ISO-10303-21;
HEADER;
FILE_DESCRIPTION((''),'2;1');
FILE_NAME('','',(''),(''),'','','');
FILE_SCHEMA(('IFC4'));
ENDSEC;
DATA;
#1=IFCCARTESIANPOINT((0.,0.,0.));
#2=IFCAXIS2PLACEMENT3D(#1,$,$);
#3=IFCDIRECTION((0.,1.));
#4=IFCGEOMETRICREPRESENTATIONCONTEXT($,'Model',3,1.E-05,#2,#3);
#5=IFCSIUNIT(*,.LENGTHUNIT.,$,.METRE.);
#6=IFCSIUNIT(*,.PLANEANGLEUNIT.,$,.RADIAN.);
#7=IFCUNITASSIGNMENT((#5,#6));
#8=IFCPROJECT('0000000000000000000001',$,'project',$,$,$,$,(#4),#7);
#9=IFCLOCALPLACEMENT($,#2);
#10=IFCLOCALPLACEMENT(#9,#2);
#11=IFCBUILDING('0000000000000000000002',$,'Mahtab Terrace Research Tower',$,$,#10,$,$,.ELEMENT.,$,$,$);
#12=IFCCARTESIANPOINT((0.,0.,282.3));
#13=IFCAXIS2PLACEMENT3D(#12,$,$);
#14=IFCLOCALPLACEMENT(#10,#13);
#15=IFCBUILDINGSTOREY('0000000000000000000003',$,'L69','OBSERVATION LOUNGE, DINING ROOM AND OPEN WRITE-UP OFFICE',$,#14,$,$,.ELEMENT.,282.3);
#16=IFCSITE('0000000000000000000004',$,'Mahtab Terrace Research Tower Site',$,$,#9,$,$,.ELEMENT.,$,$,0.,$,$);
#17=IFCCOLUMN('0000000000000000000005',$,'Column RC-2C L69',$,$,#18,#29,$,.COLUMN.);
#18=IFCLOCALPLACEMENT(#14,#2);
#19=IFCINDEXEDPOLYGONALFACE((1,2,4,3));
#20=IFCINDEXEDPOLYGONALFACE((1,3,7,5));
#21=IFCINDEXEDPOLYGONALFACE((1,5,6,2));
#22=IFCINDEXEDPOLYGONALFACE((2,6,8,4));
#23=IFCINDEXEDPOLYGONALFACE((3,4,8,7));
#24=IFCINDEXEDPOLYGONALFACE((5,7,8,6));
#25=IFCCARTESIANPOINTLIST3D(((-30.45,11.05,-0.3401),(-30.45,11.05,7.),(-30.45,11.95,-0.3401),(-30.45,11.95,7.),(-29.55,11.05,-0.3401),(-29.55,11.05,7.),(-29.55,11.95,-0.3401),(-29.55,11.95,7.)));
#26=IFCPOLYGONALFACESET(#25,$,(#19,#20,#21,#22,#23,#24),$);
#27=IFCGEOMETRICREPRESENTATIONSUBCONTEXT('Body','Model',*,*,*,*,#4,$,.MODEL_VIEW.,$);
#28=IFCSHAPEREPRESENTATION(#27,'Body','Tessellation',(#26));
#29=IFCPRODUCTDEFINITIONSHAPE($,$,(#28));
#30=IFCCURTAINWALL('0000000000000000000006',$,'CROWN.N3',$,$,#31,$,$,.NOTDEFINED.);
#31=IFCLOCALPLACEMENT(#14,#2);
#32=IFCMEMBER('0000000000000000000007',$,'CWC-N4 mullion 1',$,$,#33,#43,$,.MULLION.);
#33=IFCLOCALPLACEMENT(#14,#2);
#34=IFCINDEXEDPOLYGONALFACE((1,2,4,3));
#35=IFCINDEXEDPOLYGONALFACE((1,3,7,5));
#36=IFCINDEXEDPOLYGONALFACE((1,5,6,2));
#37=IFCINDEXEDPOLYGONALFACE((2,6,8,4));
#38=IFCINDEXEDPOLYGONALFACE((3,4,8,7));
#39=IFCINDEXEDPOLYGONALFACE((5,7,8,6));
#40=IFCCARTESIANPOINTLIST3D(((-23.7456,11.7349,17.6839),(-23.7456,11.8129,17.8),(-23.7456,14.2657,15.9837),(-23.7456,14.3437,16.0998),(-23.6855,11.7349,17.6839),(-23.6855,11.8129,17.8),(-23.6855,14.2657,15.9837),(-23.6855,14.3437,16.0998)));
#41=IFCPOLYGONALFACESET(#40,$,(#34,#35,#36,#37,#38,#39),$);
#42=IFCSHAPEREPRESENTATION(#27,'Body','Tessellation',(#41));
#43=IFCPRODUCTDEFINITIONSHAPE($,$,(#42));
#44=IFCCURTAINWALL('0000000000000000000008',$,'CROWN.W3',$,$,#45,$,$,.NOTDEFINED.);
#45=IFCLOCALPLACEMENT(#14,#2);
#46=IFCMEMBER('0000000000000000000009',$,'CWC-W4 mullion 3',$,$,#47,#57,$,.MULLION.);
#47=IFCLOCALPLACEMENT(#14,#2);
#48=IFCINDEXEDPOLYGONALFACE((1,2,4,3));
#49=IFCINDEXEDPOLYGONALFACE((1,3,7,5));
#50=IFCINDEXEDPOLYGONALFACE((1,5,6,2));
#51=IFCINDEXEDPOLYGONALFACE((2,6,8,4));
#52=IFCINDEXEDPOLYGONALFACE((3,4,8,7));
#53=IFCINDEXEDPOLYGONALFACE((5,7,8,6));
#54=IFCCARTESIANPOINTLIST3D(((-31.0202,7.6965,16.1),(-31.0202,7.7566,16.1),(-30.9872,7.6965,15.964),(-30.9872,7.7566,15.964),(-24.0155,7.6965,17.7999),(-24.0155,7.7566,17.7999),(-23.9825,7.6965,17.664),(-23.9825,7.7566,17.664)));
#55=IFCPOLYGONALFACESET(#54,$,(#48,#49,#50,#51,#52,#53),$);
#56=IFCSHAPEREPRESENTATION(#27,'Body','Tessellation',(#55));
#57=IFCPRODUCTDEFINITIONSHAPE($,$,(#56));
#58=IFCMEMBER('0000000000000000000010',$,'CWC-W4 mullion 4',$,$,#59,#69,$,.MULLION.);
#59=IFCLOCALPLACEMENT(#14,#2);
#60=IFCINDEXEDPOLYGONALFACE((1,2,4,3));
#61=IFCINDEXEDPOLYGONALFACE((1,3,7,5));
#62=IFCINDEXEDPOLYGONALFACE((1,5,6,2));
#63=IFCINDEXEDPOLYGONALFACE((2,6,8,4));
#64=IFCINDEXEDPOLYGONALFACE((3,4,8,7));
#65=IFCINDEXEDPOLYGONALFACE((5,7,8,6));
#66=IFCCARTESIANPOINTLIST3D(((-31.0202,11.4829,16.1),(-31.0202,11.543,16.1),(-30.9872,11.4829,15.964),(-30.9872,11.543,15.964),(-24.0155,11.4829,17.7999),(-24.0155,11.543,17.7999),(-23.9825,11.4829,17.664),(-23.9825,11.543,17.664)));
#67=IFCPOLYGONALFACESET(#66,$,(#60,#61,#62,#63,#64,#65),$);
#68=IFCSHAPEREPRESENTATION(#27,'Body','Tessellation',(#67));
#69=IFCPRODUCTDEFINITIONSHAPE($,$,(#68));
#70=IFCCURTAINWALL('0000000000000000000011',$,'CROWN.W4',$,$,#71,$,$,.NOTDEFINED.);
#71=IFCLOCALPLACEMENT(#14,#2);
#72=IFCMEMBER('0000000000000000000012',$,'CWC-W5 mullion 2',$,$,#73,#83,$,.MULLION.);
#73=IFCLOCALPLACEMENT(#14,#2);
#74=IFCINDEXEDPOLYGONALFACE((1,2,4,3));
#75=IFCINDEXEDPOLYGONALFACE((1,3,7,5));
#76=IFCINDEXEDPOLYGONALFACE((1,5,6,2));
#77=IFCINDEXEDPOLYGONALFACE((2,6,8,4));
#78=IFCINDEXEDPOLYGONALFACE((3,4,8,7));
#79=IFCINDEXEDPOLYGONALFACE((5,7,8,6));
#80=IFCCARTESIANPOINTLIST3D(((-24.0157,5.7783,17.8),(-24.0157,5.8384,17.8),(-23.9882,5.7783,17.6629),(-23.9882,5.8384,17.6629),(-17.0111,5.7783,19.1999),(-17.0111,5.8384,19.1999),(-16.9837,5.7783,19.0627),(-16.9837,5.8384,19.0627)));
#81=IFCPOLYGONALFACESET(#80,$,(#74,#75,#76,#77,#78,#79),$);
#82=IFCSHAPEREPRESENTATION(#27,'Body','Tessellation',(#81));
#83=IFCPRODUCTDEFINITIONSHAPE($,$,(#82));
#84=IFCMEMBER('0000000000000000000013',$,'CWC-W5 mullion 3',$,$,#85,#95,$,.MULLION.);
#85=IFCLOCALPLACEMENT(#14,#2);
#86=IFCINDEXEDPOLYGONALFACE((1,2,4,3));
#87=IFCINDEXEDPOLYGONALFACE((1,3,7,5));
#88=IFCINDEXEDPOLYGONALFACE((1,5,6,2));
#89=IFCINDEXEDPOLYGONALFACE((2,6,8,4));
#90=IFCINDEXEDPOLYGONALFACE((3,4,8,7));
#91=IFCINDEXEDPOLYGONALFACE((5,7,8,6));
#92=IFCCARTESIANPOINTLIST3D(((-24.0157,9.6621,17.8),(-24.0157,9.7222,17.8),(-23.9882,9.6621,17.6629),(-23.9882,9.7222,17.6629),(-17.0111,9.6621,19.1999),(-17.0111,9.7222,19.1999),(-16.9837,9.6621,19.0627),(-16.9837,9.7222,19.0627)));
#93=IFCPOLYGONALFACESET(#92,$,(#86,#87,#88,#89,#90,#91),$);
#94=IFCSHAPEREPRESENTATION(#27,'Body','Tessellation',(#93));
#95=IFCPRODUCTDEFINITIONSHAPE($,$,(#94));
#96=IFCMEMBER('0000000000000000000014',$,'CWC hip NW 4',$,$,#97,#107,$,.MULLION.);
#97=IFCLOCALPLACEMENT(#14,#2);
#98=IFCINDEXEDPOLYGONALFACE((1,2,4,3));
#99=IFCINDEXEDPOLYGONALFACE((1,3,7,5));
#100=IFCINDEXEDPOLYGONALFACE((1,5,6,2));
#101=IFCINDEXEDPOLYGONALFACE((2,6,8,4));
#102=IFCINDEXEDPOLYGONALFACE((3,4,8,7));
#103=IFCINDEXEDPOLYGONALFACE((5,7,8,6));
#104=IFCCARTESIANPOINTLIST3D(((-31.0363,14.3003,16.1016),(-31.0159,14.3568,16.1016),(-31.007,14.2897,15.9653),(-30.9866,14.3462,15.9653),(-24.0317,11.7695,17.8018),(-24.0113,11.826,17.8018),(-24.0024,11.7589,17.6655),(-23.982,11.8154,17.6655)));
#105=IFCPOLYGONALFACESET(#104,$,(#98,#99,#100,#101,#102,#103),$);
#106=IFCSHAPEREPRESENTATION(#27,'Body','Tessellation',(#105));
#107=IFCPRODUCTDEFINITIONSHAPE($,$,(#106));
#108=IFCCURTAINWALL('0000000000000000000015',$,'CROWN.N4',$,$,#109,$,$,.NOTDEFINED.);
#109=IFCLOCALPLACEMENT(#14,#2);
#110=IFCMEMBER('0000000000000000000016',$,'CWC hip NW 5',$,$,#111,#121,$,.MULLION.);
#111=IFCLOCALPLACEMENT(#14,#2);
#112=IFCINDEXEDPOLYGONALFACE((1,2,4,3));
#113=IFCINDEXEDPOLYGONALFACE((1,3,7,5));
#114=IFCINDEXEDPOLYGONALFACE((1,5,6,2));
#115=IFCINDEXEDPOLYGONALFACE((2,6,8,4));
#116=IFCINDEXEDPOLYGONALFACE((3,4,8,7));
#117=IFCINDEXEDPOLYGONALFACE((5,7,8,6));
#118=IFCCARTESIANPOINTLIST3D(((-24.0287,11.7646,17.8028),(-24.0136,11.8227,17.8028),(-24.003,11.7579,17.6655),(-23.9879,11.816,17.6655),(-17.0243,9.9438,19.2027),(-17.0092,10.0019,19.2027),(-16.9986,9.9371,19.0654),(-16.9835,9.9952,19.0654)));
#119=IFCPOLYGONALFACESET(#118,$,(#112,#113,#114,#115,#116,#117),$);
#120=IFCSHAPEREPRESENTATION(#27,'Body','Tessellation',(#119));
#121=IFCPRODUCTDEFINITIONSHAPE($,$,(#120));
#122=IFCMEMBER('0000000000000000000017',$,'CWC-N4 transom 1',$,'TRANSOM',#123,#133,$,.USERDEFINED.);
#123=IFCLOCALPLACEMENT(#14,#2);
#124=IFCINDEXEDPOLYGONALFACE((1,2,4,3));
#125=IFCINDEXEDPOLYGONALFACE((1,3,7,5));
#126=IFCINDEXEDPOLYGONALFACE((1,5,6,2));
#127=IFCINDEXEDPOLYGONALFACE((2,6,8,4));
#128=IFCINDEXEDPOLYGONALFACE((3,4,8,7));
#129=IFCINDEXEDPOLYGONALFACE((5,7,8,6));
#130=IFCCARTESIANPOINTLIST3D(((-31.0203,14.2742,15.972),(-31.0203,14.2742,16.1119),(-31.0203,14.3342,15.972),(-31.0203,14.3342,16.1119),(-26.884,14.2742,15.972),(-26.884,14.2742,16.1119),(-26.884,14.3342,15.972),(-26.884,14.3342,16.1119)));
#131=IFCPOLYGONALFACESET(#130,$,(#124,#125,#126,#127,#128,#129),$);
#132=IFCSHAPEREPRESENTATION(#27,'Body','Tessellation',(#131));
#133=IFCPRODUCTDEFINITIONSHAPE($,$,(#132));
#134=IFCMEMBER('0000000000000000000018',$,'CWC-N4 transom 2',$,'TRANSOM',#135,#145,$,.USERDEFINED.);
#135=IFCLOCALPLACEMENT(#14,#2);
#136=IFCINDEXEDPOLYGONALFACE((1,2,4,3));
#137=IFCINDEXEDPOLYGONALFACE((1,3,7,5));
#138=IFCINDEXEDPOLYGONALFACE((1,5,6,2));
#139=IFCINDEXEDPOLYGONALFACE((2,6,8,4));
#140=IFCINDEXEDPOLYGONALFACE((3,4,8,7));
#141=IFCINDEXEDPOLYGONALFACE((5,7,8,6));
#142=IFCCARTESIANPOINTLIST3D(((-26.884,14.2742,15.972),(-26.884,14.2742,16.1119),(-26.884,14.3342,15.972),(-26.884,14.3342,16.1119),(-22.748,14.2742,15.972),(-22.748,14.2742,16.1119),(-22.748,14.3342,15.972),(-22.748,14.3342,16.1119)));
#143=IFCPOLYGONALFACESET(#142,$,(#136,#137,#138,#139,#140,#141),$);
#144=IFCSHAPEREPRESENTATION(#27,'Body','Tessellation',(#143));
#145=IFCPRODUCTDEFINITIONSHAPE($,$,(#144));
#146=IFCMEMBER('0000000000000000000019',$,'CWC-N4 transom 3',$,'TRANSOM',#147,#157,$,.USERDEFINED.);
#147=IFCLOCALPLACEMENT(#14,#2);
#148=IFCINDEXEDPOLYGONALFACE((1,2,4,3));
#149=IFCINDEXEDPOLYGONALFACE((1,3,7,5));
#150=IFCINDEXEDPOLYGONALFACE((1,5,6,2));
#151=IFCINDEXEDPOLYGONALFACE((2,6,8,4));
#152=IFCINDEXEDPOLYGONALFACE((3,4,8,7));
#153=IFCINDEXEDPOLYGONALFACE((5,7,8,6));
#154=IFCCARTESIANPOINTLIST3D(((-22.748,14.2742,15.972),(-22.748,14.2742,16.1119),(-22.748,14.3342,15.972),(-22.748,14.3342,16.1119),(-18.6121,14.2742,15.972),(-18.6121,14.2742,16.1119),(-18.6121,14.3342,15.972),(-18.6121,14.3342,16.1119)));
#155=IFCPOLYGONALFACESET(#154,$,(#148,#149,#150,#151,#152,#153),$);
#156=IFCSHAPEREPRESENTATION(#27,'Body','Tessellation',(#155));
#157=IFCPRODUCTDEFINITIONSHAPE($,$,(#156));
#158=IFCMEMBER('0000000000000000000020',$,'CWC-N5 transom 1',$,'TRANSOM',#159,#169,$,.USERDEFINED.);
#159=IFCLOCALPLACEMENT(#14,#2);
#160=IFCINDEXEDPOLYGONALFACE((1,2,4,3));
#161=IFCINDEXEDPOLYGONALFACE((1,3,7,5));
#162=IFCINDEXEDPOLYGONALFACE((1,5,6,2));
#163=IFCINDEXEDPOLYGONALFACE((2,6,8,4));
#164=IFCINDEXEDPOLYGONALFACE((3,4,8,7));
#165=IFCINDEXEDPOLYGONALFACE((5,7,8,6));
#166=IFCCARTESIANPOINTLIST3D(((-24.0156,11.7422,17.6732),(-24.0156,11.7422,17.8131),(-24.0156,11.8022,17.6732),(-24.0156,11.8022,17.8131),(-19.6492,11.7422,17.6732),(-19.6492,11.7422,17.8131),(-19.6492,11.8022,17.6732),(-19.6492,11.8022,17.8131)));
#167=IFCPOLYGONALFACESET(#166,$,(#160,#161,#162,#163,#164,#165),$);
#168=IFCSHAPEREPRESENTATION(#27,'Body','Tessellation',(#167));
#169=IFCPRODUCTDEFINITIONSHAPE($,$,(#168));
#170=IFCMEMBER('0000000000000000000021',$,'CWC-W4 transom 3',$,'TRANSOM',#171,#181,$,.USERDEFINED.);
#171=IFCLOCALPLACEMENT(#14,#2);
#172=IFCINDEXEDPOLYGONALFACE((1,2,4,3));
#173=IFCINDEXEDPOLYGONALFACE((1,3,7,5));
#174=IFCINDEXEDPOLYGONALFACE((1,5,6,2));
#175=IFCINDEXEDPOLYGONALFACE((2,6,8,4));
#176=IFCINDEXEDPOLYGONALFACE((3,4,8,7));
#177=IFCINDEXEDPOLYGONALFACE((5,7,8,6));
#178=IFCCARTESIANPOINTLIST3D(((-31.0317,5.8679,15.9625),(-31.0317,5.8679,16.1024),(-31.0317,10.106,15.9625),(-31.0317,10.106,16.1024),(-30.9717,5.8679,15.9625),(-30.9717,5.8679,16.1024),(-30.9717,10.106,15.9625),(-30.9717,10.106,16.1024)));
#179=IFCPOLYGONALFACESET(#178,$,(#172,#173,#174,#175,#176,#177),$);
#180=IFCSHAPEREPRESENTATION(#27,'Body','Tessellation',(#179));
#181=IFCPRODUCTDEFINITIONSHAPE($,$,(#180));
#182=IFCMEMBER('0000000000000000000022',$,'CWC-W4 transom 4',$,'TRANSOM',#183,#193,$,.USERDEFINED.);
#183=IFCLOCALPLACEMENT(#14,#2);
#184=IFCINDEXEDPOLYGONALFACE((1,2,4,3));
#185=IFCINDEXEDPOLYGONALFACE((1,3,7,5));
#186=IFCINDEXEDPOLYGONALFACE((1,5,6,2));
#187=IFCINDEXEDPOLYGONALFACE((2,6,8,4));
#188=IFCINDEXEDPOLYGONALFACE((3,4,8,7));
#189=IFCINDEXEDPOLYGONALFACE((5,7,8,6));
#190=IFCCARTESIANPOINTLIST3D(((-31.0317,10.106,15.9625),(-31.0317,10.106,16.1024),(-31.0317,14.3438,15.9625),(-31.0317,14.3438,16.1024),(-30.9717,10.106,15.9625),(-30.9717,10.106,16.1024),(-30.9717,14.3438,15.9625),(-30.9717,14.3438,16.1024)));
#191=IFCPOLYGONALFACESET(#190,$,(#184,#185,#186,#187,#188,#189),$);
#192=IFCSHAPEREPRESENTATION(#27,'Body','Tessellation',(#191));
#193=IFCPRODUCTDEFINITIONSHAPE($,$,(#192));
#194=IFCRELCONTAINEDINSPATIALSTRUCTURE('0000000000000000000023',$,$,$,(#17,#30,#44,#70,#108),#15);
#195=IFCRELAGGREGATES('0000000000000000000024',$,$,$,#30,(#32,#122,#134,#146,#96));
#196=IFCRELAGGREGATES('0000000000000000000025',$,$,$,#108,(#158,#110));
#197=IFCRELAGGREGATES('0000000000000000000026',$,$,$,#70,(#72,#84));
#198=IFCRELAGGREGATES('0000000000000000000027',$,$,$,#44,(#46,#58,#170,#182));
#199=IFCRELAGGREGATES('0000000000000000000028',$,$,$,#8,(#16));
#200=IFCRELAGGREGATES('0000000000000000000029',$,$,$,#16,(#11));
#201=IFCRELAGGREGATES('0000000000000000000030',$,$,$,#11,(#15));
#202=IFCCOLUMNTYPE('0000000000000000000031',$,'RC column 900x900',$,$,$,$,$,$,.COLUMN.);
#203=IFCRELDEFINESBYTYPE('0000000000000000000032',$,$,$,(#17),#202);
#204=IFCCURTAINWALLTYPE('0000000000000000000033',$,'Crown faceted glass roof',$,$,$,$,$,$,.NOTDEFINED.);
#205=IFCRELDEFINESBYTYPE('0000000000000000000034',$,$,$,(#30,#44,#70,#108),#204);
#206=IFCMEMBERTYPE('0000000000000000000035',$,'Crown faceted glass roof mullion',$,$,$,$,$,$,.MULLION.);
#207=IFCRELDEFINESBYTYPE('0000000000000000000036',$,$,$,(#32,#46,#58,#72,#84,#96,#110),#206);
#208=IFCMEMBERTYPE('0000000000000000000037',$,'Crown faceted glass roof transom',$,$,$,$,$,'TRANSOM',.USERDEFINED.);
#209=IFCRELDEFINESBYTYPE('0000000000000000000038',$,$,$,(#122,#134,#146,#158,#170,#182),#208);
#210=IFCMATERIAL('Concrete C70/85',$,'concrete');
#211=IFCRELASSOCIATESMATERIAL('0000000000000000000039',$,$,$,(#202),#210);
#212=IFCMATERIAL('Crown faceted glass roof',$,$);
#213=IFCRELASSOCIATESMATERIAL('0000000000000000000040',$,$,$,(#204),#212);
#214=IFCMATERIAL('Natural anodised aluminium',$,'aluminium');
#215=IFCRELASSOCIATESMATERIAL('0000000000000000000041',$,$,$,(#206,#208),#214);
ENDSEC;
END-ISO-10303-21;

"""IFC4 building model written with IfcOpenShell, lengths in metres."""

from ifc_helpers import new_model, si_unit, direction, frame, origin, origin_2d, place, context, subcontext, project, spatial, rectangle, extrude, material, material_profile, profile_set, type_object, element, aggregate, save


model = new_model("IFC4")

# Units and contexts
model_context = context("Model", 3, precision=1e-05, world=origin(), true_north=direction((0.0, 1.0)))
body_context = subcontext(model_context, "Body", "Model", "MODEL_VIEW")
ifc_project = project(units=[si_unit("LENGTHUNIT", "METRE"), si_unit("PLANEANGLEUNIT", "RADIAN")], contexts=[model_context])

# Site, building, storey
site_placement = place(None, origin())
site = spatial("IfcSite", under=ifc_project, at=site_placement, Name="Mahtab Terrace Research Tower Site", CompositionType="ELEMENT", RefElevation=0.0)
building_placement = place(site_placement, origin())
building = spatial("IfcBuilding", under=site, at=building_placement, Name="Mahtab Terrace Research Tower", CompositionType="ELEMENT")
storey_placement = place(building_placement, frame((0.0, 0.0, 282.3)))
storey = spatial("IfcBuildingStorey", under=building, at=storey_placement, Name="L69", Description="OBSERVATION LOUNGE, DINING ROOM AND OPEN WRITE-UP OFFICE", CompositionType="ELEMENT", Elevation=282.3)

# Column
ifc_material_1 = material(Name="Concrete C70/85", Category="concrete")
ifc_material_profile_1 = material_profile(ifc_material_1, rectangle(XDim=0.8999, YDim=0.8999, at=origin_2d()), Name="RC column 900x900")
ifc_profile_set_1 = profile_set([ifc_material_profile_1], Name="Concrete C70/85")
column_type = type_object("IfcColumnType", Name="RC column 900x900", PredefinedType="COLUMN", material=ifc_profile_set_1)
column_placement = place(storey_placement, frame((-30.0, 11.5, -0.3401), z_axis=(0.0, 0.0, 1.0), x_axis=(1.0, 0.0, 0.0)))
element("IfcColumn", 1, at=column_placement, inside=storey, type_object=column_type, Name="Column RC-2C L69", PredefinedType="COLUMN", context=body_context, shape_type="SweptSolid", body=[
    extrude(rectangle(XDim=0.8999, YDim=0.8999, at=origin_2d()), origin(), (0.0, 0.0, 1.0), 7.3401),
])

# Curtain wall, member
ifc_material_2 = material(Name="Crown faceted glass roof")
curtain_wall_type = type_object("IfcCurtainWallType", Name="Crown faceted glass roof", PredefinedType="NOTDEFINED", material=ifc_material_2)
curtain_wall_1_placement = place(storey_placement, origin())
curtain_wall_1 = element("IfcCurtainWall", 2, at=curtain_wall_1_placement, inside=storey, type_object=curtain_wall_type, Name="CROWN.N3", PredefinedType="NOTDEFINED")
ifc_material_3 = material(Name="Natural anodised aluminium", Category="aluminium")
ifc_material_profile_2 = material_profile(ifc_material_3, rectangle(XDim=0.0601, YDim=0.1399, at=origin_2d()), Name="MULLION 60x140")
ifc_profile_set_2 = profile_set([ifc_material_profile_2], Name="Natural anodised aluminium")
member_type_1 = type_object("IfcMemberType", Name="Crown faceted glass roof mullion", PredefinedType="MULLION", material=ifc_profile_set_2)
member_1_placement = place(storey_placement, frame((-23.7156, 14.3047, 16.0417), z_axis=(0.0, -0.830074, 0.557653), x_axis=(1.0, 0.0, 0.0)))
member_1 = element("IfcMember", 3, at=member_1_placement, type_object=member_type_1, Name="CWC-N4 mullion 1", PredefinedType="MULLION", context=body_context, shape_type="SweptSolid", body=[
    extrude(rectangle(XDim=0.0601, YDim=0.1399, at=origin_2d()), origin(), (0.0, 0.0, 1.0), 3.0488),
])

# Curtain walls, members
curtain_wall_2_placement = place(storey_placement, origin())
curtain_wall_2 = element("IfcCurtainWall", 4, at=curtain_wall_2_placement, inside=storey, type_object=curtain_wall_type, Name="CROWN.W3", PredefinedType="NOTDEFINED")
member_2_placement = place(storey_placement, frame((-31.0037, 7.7266, 16.032), z_axis=(0.971791, 0.0, 0.235843), x_axis=(0.0, 1.0, 0.0)))
member_2 = element("IfcMember", 5, at=member_2_placement, type_object=member_type_1, Name="CWC-W4 mullion 3", PredefinedType="MULLION", context=body_context, shape_type="SweptSolid", body=[
    extrude(rectangle(XDim=0.0601, YDim=0.1399, at=origin_2d()), origin(), (0.0, 0.0, 1.0), 7.208),
])
member_3_placement = place(storey_placement, frame((-31.0037, 11.5129, 16.032), z_axis=(0.971791, 0.0, 0.235843), x_axis=(0.0, 1.0, 0.0)))
member_3 = element("IfcMember", 6, at=member_3_placement, type_object=member_type_1, Name="CWC-W4 mullion 4", PredefinedType="MULLION", context=body_context, shape_type="SweptSolid", body=[
    extrude(rectangle(XDim=0.0601, YDim=0.1399, at=origin_2d()), origin(), (0.0, 0.0, 1.0), 7.208),
])
curtain_wall_3_placement = place(storey_placement, origin())
curtain_wall_3 = element("IfcCurtainWall", 7, at=curtain_wall_3_placement, inside=storey, type_object=curtain_wall_type, Name="CROWN.W4", PredefinedType="NOTDEFINED")
member_4_placement = place(storey_placement, frame((-24.002, 5.8083, 17.7314), z_axis=(0.980608, 0.0, 0.195978), x_axis=(0.0, 1.0, 0.0)))
member_4 = element("IfcMember", 8, at=member_4_placement, type_object=member_type_1, Name="CWC-W5 mullion 2", PredefinedType="MULLION", context=body_context, shape_type="SweptSolid", body=[
    extrude(rectangle(XDim=0.0601, YDim=0.1399, at=origin_2d()), origin(), (0.0, 0.0, 1.0), 7.1431),
])
member_5_placement = place(storey_placement, frame((-24.002, 9.6921, 17.7314), z_axis=(0.980608, 0.0, 0.195978), x_axis=(0.0, 1.0, 0.0)))
member_5 = element("IfcMember", 9, at=member_5_placement, type_object=member_type_1, Name="CWC-W5 mullion 3", PredefinedType="MULLION", context=body_context, shape_type="SweptSolid", body=[
    extrude(rectangle(XDim=0.0601, YDim=0.1399, at=origin_2d()), origin(), (0.0, 0.0, 1.0), 7.1431),
])

# Member
member_6_placement = place(storey_placement, frame((-31.0115, 14.3232, 16.0334), z_axis=(0.91691, -0.331278, 0.222556), x_axis=(0.3398, 0.940498, 0.0)))
member_6 = element("IfcMember", 10, at=member_6_placement, type_object=member_type_1, Name="CWC hip NW 4", PredefinedType="MULLION", context=body_context, shape_type="SweptSolid", body=[
    extrude(rectangle(XDim=0.0601, YDim=0.1399, at=origin_2d()), origin(), (0.0, 0.0, 1.0), 7.6394),
])

# Curtain wall, member
curtain_wall_4_placement = place(storey_placement, origin())
curtain_wall_4 = element("IfcCurtainWall", 11, at=curtain_wall_4_placement, inside=storey, type_object=curtain_wall_type, Name="CROWN.N4", PredefinedType="NOTDEFINED")
member_7_placement = place(storey_placement, frame((-24.0083, 11.7903, 17.7341), z_axis=(0.950221, -0.247011, 0.189912), x_axis=(0.25159, 0.967834, 0.0)))
member_7 = element("IfcMember", 12, at=member_7_placement, type_object=member_type_1, Name="CWC hip NW 5", PredefinedType="MULLION", context=body_context, shape_type="SweptSolid", body=[
    extrude(rectangle(XDim=0.0601, YDim=0.1399, at=origin_2d()), origin(), (0.0, 0.0, 1.0), 7.3713),
])

# Members
ifc_material_profile_3 = material_profile(ifc_material_3, rectangle(XDim=0.0601, YDim=0.1399, at=origin_2d()), Name="TRANSOM 60x140")
ifc_profile_set_3 = profile_set([ifc_material_profile_3], Name="Natural anodised aluminium")
member_type_2 = type_object("IfcMemberType", Name="Crown faceted glass roof transom", ElementType="TRANSOM", PredefinedType="USERDEFINED", material=ifc_profile_set_3)
member_8_placement = place(storey_placement, frame((-31.0203, 14.3042, 16.042), z_axis=(1.0, 0.0, 0.0), x_axis=(0.0, 1.0, 0.0)))
member_8 = element("IfcMember", 13, at=member_8_placement, type_object=member_type_2, Name="CWC-N4 transom 1", ObjectType="TRANSOM", PredefinedType="USERDEFINED", context=body_context, shape_type="SweptSolid", body=[
    extrude(rectangle(XDim=0.0601, YDim=0.1399, at=origin_2d()), origin(), (0.0, 0.0, 1.0), 4.1362),
])
member_9_placement = place(storey_placement, frame((-26.884, 14.3042, 16.042), z_axis=(1.0, 0.0, 0.0), x_axis=(0.0, 1.0, 0.0)))
member_9 = element("IfcMember", 14, at=member_9_placement, type_object=member_type_2, Name="CWC-N4 transom 2", ObjectType="TRANSOM", PredefinedType="USERDEFINED", context=body_context, shape_type="SweptSolid", body=[
    extrude(rectangle(XDim=0.0601, YDim=0.1399, at=origin_2d()), origin(), (0.0, 0.0, 1.0), 4.136),
])
member_10_placement = place(storey_placement, frame((-22.748, 14.3042, 16.042), z_axis=(1.0, 0.0, 0.0), x_axis=(0.0, 1.0, 0.0)))
member_10 = element("IfcMember", 15, at=member_10_placement, type_object=member_type_2, Name="CWC-N4 transom 3", ObjectType="TRANSOM", PredefinedType="USERDEFINED", context=body_context, shape_type="SweptSolid", body=[
    extrude(rectangle(XDim=0.0601, YDim=0.1399, at=origin_2d()), origin(), (0.0, 0.0, 1.0), 4.136),
])
aggregate(curtain_wall_1, [member_1, member_8, member_9, member_10, member_6])
member_11_placement = place(storey_placement, frame((-24.0156, 11.7722, 17.7432), z_axis=(1.0, 0.0, 0.0), x_axis=(0.0, 1.0, 0.0)))
member_11 = element("IfcMember", 16, at=member_11_placement, type_object=member_type_2, Name="CWC-N5 transom 1", ObjectType="TRANSOM", PredefinedType="USERDEFINED", context=body_context, shape_type="SweptSolid", body=[
    extrude(rectangle(XDim=0.0601, YDim=0.1399, at=origin_2d()), origin(), (0.0, 0.0, 1.0), 4.3665),
])
aggregate(curtain_wall_4, [member_11, member_7])
member_12_placement = place(storey_placement, frame((-31.0017, 5.8679, 16.0325), z_axis=(0.0, 1.0, 0.0), x_axis=(-1.0, 0.0, 0.0)))
member_12 = element("IfcMember", 17, at=member_12_placement, type_object=member_type_2, Name="CWC-W4 transom 3", ObjectType="TRANSOM", PredefinedType="USERDEFINED", context=body_context, shape_type="SweptSolid", body=[
    extrude(rectangle(XDim=0.0601, YDim=0.1399, at=origin_2d()), origin(), (0.0, 0.0, 1.0), 4.238),
])
member_13_placement = place(storey_placement, frame((-31.0017, 10.106, 16.0325), z_axis=(0.0, 1.0, 0.0), x_axis=(-1.0, 0.0, 0.0)))
member_13 = element("IfcMember", 18, at=member_13_placement, type_object=member_type_2, Name="CWC-W4 transom 4", ObjectType="TRANSOM", PredefinedType="USERDEFINED", context=body_context, shape_type="SweptSolid", body=[
    extrude(rectangle(XDim=0.0601, YDim=0.1399, at=origin_2d()), origin(), (0.0, 0.0, 1.0), 4.2378),
])
aggregate(curtain_wall_3, [member_4, member_5])

aggregate(curtain_wall_2, [member_2, member_3, member_12, member_13])

save(model, "model.ifc")
